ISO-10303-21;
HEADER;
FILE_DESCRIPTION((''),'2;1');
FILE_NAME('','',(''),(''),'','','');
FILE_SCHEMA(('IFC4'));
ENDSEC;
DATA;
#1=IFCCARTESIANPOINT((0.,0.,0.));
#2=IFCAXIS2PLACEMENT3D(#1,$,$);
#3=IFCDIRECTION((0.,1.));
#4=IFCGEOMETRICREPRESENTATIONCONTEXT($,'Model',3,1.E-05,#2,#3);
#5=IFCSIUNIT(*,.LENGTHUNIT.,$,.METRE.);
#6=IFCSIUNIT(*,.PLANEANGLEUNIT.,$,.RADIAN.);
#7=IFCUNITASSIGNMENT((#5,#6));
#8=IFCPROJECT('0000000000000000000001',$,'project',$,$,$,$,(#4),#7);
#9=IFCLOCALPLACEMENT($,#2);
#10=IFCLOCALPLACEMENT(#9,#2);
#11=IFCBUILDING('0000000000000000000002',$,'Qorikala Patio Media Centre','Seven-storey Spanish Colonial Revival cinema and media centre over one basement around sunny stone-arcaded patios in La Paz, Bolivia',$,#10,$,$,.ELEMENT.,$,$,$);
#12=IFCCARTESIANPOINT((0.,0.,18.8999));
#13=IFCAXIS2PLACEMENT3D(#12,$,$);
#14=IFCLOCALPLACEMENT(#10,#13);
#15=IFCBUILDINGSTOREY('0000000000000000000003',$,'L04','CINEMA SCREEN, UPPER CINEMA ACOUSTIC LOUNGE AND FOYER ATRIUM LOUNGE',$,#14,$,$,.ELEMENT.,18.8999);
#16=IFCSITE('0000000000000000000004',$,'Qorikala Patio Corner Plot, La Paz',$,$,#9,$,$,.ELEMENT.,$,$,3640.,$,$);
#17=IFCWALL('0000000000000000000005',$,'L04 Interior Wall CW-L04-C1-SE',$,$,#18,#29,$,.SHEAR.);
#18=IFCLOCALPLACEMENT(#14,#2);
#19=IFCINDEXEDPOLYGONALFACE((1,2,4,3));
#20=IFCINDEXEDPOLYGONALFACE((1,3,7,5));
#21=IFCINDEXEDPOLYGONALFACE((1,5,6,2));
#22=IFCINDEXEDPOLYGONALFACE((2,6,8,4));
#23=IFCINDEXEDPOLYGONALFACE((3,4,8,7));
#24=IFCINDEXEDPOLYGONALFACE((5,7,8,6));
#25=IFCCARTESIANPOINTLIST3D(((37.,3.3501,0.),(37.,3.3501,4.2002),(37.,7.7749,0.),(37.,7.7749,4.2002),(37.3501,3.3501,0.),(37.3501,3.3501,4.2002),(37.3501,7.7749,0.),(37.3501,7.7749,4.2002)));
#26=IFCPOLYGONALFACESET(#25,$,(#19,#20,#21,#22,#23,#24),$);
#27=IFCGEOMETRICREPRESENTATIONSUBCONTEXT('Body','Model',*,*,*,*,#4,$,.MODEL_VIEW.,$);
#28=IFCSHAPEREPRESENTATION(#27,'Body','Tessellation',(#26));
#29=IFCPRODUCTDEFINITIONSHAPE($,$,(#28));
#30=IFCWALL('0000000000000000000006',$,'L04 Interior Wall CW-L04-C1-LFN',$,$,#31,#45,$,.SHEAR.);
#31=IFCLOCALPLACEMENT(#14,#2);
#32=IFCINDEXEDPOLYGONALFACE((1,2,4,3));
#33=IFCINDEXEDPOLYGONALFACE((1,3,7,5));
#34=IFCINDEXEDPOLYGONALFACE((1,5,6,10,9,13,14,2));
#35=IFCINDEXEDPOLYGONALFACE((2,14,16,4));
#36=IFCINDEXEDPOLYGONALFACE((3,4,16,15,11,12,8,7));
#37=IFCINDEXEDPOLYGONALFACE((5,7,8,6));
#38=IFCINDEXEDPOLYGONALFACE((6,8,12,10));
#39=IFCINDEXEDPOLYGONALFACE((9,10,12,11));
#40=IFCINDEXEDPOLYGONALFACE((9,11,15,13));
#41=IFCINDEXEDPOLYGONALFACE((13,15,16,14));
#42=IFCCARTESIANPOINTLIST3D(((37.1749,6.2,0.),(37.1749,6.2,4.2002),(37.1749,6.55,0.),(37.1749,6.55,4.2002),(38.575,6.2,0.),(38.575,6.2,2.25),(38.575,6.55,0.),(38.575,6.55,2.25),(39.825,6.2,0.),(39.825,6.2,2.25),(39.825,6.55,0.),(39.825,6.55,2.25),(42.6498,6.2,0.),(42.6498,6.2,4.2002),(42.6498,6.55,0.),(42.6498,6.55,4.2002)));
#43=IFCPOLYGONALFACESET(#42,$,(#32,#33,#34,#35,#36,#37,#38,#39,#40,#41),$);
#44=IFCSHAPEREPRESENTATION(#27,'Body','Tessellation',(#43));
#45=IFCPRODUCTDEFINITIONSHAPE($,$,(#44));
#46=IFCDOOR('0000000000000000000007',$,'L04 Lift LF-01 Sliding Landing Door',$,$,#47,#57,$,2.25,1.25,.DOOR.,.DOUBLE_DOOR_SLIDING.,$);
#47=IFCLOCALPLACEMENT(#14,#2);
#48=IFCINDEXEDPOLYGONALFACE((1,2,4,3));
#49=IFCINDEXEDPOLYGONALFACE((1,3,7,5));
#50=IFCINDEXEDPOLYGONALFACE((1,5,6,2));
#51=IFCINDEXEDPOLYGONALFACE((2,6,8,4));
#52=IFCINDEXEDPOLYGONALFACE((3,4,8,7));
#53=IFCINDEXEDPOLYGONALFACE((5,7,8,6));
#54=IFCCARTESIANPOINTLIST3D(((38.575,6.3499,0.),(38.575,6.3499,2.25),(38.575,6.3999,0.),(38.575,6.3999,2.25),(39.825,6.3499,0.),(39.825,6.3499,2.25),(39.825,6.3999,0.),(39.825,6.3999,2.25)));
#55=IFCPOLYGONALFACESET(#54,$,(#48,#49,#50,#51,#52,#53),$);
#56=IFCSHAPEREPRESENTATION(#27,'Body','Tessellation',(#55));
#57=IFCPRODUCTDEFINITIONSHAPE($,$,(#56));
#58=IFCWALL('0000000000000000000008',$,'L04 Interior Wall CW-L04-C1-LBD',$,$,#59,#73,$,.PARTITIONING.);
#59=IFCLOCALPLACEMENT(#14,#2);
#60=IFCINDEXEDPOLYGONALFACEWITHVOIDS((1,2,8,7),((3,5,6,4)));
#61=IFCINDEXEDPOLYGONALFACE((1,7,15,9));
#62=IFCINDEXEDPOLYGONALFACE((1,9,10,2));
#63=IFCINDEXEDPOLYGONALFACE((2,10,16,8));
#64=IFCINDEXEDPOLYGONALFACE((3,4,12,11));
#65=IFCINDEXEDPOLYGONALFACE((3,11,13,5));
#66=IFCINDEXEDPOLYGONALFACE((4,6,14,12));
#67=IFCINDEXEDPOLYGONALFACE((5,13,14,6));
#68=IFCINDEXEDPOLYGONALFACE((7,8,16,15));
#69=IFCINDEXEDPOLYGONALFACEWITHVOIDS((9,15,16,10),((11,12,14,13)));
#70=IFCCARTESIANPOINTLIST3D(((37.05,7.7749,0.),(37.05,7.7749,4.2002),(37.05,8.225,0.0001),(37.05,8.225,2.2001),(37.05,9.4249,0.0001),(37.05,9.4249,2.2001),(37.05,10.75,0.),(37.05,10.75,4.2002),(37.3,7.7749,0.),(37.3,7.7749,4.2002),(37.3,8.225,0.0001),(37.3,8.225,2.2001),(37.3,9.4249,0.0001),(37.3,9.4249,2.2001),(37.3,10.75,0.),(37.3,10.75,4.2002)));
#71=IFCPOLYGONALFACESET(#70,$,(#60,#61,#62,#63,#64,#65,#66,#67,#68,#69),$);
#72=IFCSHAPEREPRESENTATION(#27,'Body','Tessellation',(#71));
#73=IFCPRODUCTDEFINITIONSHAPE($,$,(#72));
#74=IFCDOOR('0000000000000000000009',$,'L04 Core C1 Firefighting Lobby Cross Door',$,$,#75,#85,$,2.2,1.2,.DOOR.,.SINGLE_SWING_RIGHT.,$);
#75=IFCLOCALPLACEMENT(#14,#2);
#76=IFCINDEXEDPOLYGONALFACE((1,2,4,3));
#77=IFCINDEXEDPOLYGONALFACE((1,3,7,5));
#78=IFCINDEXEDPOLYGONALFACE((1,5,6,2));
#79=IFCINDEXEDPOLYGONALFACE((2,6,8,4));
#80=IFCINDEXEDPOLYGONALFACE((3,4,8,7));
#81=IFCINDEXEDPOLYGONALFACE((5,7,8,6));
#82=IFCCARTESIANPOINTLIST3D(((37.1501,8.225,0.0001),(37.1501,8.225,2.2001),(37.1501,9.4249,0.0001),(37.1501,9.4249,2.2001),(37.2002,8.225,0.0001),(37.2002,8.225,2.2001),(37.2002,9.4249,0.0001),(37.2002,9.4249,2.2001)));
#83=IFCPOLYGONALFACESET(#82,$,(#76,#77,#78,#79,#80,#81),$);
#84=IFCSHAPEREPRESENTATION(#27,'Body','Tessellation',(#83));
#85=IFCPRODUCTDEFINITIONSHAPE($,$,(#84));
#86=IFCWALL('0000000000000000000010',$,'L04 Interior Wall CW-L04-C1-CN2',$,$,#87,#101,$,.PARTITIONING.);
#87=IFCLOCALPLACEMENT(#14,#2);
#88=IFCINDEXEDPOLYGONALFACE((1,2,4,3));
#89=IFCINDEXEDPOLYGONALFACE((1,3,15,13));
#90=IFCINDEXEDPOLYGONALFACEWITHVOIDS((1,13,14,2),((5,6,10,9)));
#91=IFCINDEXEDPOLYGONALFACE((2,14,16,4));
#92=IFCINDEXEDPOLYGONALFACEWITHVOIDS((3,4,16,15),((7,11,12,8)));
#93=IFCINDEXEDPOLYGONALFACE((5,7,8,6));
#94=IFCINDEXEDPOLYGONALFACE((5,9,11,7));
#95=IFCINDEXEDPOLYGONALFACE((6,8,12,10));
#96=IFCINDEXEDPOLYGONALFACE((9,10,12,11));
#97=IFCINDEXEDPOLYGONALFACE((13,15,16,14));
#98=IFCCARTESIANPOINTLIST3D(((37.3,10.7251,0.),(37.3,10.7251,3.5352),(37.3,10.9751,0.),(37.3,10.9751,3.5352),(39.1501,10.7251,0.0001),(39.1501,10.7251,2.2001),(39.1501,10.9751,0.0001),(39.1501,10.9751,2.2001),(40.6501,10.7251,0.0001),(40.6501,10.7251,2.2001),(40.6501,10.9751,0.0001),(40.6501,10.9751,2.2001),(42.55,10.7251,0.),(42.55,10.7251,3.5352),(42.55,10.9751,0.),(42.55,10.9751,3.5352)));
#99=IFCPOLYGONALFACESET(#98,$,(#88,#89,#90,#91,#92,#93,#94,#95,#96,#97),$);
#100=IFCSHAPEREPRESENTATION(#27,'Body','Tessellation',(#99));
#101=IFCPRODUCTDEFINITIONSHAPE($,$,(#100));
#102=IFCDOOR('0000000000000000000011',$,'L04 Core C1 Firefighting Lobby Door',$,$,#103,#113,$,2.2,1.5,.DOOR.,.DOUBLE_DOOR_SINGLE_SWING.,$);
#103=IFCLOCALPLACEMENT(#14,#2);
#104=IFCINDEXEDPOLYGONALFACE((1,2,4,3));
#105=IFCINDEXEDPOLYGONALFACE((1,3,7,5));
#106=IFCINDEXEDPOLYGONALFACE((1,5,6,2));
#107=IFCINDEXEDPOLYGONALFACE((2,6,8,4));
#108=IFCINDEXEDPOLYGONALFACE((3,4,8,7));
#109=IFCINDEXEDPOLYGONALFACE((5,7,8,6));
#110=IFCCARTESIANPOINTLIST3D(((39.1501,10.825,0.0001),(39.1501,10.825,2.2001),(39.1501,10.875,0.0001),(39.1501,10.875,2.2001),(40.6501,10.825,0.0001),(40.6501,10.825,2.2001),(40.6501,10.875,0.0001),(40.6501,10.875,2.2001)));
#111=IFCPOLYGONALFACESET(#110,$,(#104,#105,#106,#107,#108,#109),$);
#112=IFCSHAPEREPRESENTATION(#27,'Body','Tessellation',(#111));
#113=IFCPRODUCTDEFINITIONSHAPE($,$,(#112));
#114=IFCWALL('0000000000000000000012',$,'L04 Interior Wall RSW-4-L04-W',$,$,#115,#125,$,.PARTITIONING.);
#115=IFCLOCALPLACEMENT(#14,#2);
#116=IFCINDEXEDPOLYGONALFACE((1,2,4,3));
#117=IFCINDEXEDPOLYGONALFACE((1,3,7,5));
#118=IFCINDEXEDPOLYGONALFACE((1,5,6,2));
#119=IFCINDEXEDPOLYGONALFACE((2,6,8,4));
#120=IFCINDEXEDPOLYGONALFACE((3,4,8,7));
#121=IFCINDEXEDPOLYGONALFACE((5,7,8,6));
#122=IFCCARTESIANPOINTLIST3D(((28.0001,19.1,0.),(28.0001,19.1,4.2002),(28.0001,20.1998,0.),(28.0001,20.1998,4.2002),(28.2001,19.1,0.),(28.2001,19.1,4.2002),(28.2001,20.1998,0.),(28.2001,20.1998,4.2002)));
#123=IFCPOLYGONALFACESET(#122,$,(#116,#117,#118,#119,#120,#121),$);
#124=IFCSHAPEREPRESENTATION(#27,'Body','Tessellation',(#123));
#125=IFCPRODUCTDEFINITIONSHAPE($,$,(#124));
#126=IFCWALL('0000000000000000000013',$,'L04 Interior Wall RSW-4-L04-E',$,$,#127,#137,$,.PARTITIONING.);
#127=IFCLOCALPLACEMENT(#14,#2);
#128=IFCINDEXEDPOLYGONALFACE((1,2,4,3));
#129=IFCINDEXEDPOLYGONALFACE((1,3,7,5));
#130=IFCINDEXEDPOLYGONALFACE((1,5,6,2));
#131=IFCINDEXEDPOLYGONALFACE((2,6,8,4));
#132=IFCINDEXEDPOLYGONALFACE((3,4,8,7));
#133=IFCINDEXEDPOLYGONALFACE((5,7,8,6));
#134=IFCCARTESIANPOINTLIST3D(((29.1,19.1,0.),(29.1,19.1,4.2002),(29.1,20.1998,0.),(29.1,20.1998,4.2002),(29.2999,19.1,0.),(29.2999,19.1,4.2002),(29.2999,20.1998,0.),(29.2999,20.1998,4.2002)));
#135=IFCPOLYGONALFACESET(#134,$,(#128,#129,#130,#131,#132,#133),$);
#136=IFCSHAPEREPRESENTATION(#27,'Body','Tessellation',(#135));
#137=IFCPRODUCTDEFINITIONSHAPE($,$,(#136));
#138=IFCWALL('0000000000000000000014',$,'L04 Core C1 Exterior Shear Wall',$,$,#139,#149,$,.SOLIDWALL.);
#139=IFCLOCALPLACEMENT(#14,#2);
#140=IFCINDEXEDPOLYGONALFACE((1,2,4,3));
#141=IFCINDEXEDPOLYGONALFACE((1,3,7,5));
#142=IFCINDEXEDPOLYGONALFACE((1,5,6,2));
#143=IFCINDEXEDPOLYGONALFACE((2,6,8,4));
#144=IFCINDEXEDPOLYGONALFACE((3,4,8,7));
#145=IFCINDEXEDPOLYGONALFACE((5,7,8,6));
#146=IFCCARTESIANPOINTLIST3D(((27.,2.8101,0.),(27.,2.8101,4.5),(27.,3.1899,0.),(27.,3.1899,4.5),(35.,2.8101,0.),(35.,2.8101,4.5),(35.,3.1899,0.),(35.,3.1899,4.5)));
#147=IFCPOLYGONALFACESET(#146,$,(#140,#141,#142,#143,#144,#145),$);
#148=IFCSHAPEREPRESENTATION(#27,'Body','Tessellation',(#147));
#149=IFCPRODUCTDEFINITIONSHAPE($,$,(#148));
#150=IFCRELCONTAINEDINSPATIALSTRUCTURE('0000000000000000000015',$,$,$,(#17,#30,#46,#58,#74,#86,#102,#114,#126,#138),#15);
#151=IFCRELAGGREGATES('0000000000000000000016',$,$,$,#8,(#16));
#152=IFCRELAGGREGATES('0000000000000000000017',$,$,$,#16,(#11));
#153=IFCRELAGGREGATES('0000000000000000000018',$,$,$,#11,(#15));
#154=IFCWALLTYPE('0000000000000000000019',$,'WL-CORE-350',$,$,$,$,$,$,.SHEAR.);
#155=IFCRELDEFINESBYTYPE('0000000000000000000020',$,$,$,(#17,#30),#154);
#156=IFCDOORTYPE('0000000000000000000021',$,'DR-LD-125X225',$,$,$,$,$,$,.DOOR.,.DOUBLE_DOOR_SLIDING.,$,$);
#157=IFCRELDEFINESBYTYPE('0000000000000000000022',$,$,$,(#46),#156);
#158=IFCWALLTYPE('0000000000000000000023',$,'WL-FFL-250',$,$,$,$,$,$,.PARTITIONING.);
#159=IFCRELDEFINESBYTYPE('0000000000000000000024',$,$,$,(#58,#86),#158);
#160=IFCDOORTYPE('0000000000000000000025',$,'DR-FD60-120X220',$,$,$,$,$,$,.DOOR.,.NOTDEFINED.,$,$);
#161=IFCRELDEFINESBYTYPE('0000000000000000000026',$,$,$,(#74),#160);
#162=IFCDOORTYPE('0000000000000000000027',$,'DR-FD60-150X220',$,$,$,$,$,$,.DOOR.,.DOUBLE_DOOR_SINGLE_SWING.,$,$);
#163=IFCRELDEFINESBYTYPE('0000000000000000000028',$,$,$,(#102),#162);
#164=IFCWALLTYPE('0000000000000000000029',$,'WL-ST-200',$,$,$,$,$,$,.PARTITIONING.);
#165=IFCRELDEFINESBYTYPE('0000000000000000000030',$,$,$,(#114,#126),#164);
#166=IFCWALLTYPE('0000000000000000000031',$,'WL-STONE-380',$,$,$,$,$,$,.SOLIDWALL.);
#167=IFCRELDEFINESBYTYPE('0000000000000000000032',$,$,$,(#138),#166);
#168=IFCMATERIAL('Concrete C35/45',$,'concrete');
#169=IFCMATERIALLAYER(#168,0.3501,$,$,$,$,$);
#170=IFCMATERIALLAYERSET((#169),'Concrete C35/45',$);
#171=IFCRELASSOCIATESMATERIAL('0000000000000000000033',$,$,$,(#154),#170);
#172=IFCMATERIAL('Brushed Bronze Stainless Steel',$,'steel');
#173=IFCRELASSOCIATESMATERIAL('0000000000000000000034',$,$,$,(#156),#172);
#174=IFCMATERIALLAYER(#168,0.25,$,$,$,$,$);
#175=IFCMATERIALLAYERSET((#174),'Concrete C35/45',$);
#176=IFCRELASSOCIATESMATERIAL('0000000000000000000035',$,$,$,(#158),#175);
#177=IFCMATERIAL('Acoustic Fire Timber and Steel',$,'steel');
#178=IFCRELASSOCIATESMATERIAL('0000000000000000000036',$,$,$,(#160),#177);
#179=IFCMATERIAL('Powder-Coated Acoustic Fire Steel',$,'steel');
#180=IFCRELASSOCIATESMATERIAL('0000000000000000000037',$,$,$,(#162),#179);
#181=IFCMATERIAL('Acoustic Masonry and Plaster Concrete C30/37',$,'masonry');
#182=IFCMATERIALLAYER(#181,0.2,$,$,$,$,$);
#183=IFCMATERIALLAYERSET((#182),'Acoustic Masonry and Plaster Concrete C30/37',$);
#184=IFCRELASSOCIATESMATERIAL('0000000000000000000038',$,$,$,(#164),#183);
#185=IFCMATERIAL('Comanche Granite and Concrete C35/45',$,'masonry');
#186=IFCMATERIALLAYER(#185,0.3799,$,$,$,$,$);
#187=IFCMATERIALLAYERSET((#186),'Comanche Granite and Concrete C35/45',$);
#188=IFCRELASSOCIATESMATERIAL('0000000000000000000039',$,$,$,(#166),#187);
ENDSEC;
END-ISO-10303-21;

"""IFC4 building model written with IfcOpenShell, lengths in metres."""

from ifc_helpers import new_model, si_unit, direction, frame, frame_2d, origin, place, context, subcontext, project, spatial, rectangle, extrude, material, layer, layer_set, type_object, element, fill, save


model = new_model("IFC4")

# Units and contexts
model_context = context("Model", 3, precision=1e-05, world=origin(), true_north=direction((0.0, 1.0)))
body_context = subcontext(model_context, "Body", "Model", "MODEL_VIEW")
ifc_project = project(units=[si_unit("LENGTHUNIT", "METRE"), si_unit("PLANEANGLEUNIT", "RADIAN")], contexts=[model_context])

# Site, building, storey
site_placement = place(None, origin())
site = spatial("IfcSite", under=ifc_project, at=site_placement, Name="Qorikala Patio Corner Plot, La Paz", CompositionType="ELEMENT", RefElevation=3640.0)
building_placement = place(site_placement, origin())
building = spatial("IfcBuilding", under=site, at=building_placement, Name="Qorikala Patio Media Centre", Description="Seven-storey Spanish Colonial Revival cinema and media centre over one basement around sunny stone-arcaded patios in La Paz, Bolivia", CompositionType="ELEMENT")
storey_placement = place(building_placement, frame((0.0, 0.0, 18.8999)))
storey = spatial("IfcBuildingStorey", under=building, at=storey_placement, Name="L04", Description="CINEMA SCREEN, UPPER CINEMA ACOUSTIC LOUNGE AND FOYER ATRIUM LOUNGE", CompositionType="ELEMENT", Elevation=18.8999)

# Shared definitions
ifc_material_1 = material(Name="Concrete C35/45", Category="concrete")

# Wall
ifc_layer_1 = layer(ifc_material_1, 0.3501)
ifc_layer_set_1 = layer_set([ifc_layer_1], Name="Concrete C35/45")
wall_type_1 = type_object("IfcWallType", Name="WL-CORE-350", PredefinedType="SHEAR", material=ifc_layer_set_1)
wall_1_placement = place(storey_placement, frame((37.175, 3.3501, 0.0), z_axis=(0.0, 0.0, 1.0), x_axis=(0.0, 1.0, 0.0)))
element("IfcWall", 1, at=wall_1_placement, inside=storey, type_object=wall_type_1, Name="L04 Interior Wall CW-L04-C1-SE", PredefinedType="SHEAR", context=body_context, shape_type="SweptSolid", body=[
    extrude(rectangle(XDim=4.4248, YDim=0.3501, at=frame_2d((2.2124, 0.0))), origin(), (0.0, 0.0, 1.0), 4.2002),
])

# Walls, openings, doors
wall_2_placement = place(storey_placement, frame((37.175, 6.375, 0.0), z_axis=(0.0, 0.0, 1.0), x_axis=(1.0, 0.0, 0.0)))
wall_2 = element("IfcWall", 2, at=wall_2_placement, inside=storey, type_object=wall_type_1, Name="L04 Interior Wall CW-L04-C1-LFN", PredefinedType="SHEAR", context=body_context, shape_type="SweptSolid", body=[
    extrude(rectangle(XDim=5.4749, YDim=0.3501, at=frame_2d((2.7373, 0.0))), origin(), (0.0, 0.0, 1.0), 4.2002),
])
opening_1_placement = place(wall_2_placement, frame((1.3999, 0.0, 0.0)))
opening_1 = element("IfcOpeningElement", 3, at=opening_1_placement, cuts=wall_2, PredefinedType="OPENING", context=body_context, shape_type="SweptSolid", body=[
    extrude(rectangle(XDim=1.25, YDim=2.25, at=frame_2d((0.625, 1.125))), frame((0.0, 0.1851, 0.0), z_axis=(0.0, -1.0, 0.0), x_axis=(1.0, 0.0, 0.0)), (0.0, 0.0, 1.0), 0.3701),
])
ifc_material_2 = material(Name="Brushed Bronze Stainless Steel", Category="steel")
door_type_1 = type_object("IfcDoorType", Name="DR-LD-125X225", OperationType="DOUBLE_DOOR_SLIDING", PredefinedType="DOOR", material=ifc_material_2)
door_1_placement = place(opening_1_placement, origin())
door_1 = element("IfcDoor", 4, at=door_1_placement, inside=storey, type_object=door_type_1, Name="L04 Lift LF-01 Sliding Landing Door", OperationType="DOUBLE_DOOR_SLIDING", OverallHeight=2.25, OverallWidth=1.25, PredefinedType="DOOR", context=body_context, shape_type="SweptSolid", body=[
    extrude(rectangle(XDim=1.25, YDim=2.25, at=frame_2d((0.625, 1.125))), frame((0.0, 0.0249, 0.0), z_axis=(0.0, -1.0, 0.0), x_axis=(1.0, 0.0, 0.0)), (0.0, 0.0, 1.0), 0.05),
])
fill(opening_1, door_1)
ifc_layer_2 = layer(ifc_material_1, 0.25)
ifc_layer_set_2 = layer_set([ifc_layer_2], Name="Concrete C35/45")
wall_type_2 = type_object("IfcWallType", Name="WL-FFL-250", PredefinedType="PARTITIONING", material=ifc_layer_set_2)
wall_3_placement = place(storey_placement, frame((37.175, 7.7749, 0.0), z_axis=(0.0, 0.0, 1.0), x_axis=(0.0, 1.0, 0.0)))
wall_3 = element("IfcWall", 5, at=wall_3_placement, inside=storey, type_object=wall_type_2, Name="L04 Interior Wall CW-L04-C1-LBD", PredefinedType="PARTITIONING", context=body_context, shape_type="SweptSolid", body=[
    extrude(rectangle(XDim=2.9751, YDim=0.25, at=frame_2d((1.4875, 0.0))), origin(), (0.0, 0.0, 1.0), 4.2002),
])
opening_2_placement = place(wall_3_placement, frame((0.45, 0.0, 0.0)))
opening_2 = element("IfcOpeningElement", 6, at=opening_2_placement, cuts=wall_3, PredefinedType="OPENING", context=body_context, shape_type="SweptSolid", body=[
    extrude(rectangle(XDim=1.2, YDim=2.2, at=frame_2d((0.6001, 1.1001))), frame((0.0, 0.135, 0.0), z_axis=(0.0, -1.0, 0.0), x_axis=(1.0, 0.0, 0.0)), (0.0, 0.0, 1.0), 0.27),
])
ifc_material_3 = material(Name="Acoustic Fire Timber and Steel", Category="steel")
door_type_2 = type_object("IfcDoorType", Name="DR-FD60-120X220", OperationType="NOTDEFINED", PredefinedType="DOOR", material=ifc_material_3)
door_2_placement = place(opening_2_placement, origin())
door_2 = element("IfcDoor", 7, at=door_2_placement, inside=storey, type_object=door_type_2, Name="L04 Core C1 Firefighting Lobby Cross Door", OperationType="SINGLE_SWING_RIGHT", OverallHeight=2.2, OverallWidth=1.2, PredefinedType="DOOR", context=body_context, shape_type="SweptSolid", body=[
    extrude(rectangle(XDim=1.2, YDim=2.2, at=frame_2d((0.6001, 1.1001))), frame((0.0, 0.0249, 0.0), z_axis=(0.0, -1.0, 0.0), x_axis=(1.0, 0.0, 0.0)), (0.0, 0.0, 1.0), 0.05),
])
fill(opening_2, door_2)
wall_4_placement = place(storey_placement, frame((37.3, 10.8501, 0.0), z_axis=(0.0, 0.0, 1.0), x_axis=(1.0, 0.0, 0.0)))
wall_4 = element("IfcWall", 8, at=wall_4_placement, inside=storey, type_object=wall_type_2, Name="L04 Interior Wall CW-L04-C1-CN2", PredefinedType="PARTITIONING", context=body_context, shape_type="SweptSolid", body=[
    extrude(rectangle(XDim=5.25, YDim=0.25, at=frame_2d((2.625, 0.0))), origin(), (0.0, 0.0, 1.0), 3.5352),
])
opening_3_placement = place(wall_4_placement, frame((1.8501, 0.0, 0.0)))
opening_3 = element("IfcOpeningElement", 9, at=opening_3_placement, cuts=wall_4, PredefinedType="OPENING", context=body_context, shape_type="SweptSolid", body=[
    extrude(rectangle(XDim=1.5, YDim=2.2, at=frame_2d((0.75, 1.1001))), frame((0.0, 0.135, 0.0), z_axis=(0.0, -1.0, 0.0), x_axis=(1.0, 0.0, 0.0)), (0.0, 0.0, 1.0), 0.27),
])
ifc_material_4 = material(Name="Powder-Coated Acoustic Fire Steel", Category="steel")
door_type_3 = type_object("IfcDoorType", Name="DR-FD60-150X220", OperationType="DOUBLE_DOOR_SINGLE_SWING", PredefinedType="DOOR", material=ifc_material_4)
door_3_placement = place(opening_3_placement, origin())
door_3 = element("IfcDoor", 10, at=door_3_placement, inside=storey, type_object=door_type_3, Name="L04 Core C1 Firefighting Lobby Door", OperationType="DOUBLE_DOOR_SINGLE_SWING", OverallHeight=2.2, OverallWidth=1.5, PredefinedType="DOOR", context=body_context, shape_type="SweptSolid", body=[
    extrude(rectangle(XDim=1.5, YDim=2.2, at=frame_2d((0.75, 1.1001))), frame((0.0, 0.0249, 0.0), z_axis=(0.0, -1.0, 0.0), x_axis=(1.0, 0.0, 0.0)), (0.0, 0.0, 1.0), 0.05),
])
fill(opening_3, door_3)

# Walls
ifc_material_5 = material(Name="Acoustic Masonry and Plaster Concrete C30/37", Category="masonry")
ifc_layer_3 = layer(ifc_material_5, 0.2)
ifc_layer_set_3 = layer_set([ifc_layer_3], Name="Acoustic Masonry and Plaster Concrete C30/37")
wall_type_3 = type_object("IfcWallType", Name="WL-ST-200", PredefinedType="PARTITIONING", material=ifc_layer_set_3)
for number, where, z_axis, x_axis, name in (
    (11, (28.1001, 19.1001, 0.0), (0.0, 0.0, 1.0), (0.0, 1.0, 0.0), "L04 Interior Wall RSW-4-L04-W"),
    (12, (29.2, 19.1001, 0.0), (0.0, 0.0, 1.0), (0.0, 1.0, 0.0), "L04 Interior Wall RSW-4-L04-E"),
):
    element("IfcWall", number, at=place(storey_placement, frame(where, z_axis=z_axis, x_axis=x_axis)), inside=storey, type_object=wall_type_3, Name=name, PredefinedType="PARTITIONING", context=body_context, shape_type="SweptSolid", body=[
        extrude(rectangle(XDim=1.0999, YDim=0.2, at=frame_2d((0.5498, 0.0))), origin(), (0.0, 0.0, 1.0), 4.2002),
    ])
ifc_material_6 = material(Name="Comanche Granite and Concrete C35/45", Category="masonry")
ifc_layer_4 = layer(ifc_material_6, 0.3799)
ifc_layer_set_4 = layer_set([ifc_layer_4], Name="Comanche Granite and Concrete C35/45")
wall_type_4 = type_object("IfcWallType", Name="WL-STONE-380", PredefinedType="SOLIDWALL", material=ifc_layer_set_4)
wall_5_placement = place(storey_placement, frame((35.0, 3.0, 0.0), z_axis=(0.0, 0.0, 1.0), x_axis=(-1.0, 0.0, 0.0)))
element("IfcWall", 13, at=wall_5_placement, inside=storey, type_object=wall_type_4, Name="L04 Core C1 Exterior Shear Wall", PredefinedType="SOLIDWALL", context=body_context, shape_type="SweptSolid", body=[
    extrude(rectangle(XDim=8.0, YDim=0.3799, at=frame_2d((4.0, 0.0))), origin(), (0.0, 0.0, 1.0), 4.5),
])

save(model, "model.ifc")
